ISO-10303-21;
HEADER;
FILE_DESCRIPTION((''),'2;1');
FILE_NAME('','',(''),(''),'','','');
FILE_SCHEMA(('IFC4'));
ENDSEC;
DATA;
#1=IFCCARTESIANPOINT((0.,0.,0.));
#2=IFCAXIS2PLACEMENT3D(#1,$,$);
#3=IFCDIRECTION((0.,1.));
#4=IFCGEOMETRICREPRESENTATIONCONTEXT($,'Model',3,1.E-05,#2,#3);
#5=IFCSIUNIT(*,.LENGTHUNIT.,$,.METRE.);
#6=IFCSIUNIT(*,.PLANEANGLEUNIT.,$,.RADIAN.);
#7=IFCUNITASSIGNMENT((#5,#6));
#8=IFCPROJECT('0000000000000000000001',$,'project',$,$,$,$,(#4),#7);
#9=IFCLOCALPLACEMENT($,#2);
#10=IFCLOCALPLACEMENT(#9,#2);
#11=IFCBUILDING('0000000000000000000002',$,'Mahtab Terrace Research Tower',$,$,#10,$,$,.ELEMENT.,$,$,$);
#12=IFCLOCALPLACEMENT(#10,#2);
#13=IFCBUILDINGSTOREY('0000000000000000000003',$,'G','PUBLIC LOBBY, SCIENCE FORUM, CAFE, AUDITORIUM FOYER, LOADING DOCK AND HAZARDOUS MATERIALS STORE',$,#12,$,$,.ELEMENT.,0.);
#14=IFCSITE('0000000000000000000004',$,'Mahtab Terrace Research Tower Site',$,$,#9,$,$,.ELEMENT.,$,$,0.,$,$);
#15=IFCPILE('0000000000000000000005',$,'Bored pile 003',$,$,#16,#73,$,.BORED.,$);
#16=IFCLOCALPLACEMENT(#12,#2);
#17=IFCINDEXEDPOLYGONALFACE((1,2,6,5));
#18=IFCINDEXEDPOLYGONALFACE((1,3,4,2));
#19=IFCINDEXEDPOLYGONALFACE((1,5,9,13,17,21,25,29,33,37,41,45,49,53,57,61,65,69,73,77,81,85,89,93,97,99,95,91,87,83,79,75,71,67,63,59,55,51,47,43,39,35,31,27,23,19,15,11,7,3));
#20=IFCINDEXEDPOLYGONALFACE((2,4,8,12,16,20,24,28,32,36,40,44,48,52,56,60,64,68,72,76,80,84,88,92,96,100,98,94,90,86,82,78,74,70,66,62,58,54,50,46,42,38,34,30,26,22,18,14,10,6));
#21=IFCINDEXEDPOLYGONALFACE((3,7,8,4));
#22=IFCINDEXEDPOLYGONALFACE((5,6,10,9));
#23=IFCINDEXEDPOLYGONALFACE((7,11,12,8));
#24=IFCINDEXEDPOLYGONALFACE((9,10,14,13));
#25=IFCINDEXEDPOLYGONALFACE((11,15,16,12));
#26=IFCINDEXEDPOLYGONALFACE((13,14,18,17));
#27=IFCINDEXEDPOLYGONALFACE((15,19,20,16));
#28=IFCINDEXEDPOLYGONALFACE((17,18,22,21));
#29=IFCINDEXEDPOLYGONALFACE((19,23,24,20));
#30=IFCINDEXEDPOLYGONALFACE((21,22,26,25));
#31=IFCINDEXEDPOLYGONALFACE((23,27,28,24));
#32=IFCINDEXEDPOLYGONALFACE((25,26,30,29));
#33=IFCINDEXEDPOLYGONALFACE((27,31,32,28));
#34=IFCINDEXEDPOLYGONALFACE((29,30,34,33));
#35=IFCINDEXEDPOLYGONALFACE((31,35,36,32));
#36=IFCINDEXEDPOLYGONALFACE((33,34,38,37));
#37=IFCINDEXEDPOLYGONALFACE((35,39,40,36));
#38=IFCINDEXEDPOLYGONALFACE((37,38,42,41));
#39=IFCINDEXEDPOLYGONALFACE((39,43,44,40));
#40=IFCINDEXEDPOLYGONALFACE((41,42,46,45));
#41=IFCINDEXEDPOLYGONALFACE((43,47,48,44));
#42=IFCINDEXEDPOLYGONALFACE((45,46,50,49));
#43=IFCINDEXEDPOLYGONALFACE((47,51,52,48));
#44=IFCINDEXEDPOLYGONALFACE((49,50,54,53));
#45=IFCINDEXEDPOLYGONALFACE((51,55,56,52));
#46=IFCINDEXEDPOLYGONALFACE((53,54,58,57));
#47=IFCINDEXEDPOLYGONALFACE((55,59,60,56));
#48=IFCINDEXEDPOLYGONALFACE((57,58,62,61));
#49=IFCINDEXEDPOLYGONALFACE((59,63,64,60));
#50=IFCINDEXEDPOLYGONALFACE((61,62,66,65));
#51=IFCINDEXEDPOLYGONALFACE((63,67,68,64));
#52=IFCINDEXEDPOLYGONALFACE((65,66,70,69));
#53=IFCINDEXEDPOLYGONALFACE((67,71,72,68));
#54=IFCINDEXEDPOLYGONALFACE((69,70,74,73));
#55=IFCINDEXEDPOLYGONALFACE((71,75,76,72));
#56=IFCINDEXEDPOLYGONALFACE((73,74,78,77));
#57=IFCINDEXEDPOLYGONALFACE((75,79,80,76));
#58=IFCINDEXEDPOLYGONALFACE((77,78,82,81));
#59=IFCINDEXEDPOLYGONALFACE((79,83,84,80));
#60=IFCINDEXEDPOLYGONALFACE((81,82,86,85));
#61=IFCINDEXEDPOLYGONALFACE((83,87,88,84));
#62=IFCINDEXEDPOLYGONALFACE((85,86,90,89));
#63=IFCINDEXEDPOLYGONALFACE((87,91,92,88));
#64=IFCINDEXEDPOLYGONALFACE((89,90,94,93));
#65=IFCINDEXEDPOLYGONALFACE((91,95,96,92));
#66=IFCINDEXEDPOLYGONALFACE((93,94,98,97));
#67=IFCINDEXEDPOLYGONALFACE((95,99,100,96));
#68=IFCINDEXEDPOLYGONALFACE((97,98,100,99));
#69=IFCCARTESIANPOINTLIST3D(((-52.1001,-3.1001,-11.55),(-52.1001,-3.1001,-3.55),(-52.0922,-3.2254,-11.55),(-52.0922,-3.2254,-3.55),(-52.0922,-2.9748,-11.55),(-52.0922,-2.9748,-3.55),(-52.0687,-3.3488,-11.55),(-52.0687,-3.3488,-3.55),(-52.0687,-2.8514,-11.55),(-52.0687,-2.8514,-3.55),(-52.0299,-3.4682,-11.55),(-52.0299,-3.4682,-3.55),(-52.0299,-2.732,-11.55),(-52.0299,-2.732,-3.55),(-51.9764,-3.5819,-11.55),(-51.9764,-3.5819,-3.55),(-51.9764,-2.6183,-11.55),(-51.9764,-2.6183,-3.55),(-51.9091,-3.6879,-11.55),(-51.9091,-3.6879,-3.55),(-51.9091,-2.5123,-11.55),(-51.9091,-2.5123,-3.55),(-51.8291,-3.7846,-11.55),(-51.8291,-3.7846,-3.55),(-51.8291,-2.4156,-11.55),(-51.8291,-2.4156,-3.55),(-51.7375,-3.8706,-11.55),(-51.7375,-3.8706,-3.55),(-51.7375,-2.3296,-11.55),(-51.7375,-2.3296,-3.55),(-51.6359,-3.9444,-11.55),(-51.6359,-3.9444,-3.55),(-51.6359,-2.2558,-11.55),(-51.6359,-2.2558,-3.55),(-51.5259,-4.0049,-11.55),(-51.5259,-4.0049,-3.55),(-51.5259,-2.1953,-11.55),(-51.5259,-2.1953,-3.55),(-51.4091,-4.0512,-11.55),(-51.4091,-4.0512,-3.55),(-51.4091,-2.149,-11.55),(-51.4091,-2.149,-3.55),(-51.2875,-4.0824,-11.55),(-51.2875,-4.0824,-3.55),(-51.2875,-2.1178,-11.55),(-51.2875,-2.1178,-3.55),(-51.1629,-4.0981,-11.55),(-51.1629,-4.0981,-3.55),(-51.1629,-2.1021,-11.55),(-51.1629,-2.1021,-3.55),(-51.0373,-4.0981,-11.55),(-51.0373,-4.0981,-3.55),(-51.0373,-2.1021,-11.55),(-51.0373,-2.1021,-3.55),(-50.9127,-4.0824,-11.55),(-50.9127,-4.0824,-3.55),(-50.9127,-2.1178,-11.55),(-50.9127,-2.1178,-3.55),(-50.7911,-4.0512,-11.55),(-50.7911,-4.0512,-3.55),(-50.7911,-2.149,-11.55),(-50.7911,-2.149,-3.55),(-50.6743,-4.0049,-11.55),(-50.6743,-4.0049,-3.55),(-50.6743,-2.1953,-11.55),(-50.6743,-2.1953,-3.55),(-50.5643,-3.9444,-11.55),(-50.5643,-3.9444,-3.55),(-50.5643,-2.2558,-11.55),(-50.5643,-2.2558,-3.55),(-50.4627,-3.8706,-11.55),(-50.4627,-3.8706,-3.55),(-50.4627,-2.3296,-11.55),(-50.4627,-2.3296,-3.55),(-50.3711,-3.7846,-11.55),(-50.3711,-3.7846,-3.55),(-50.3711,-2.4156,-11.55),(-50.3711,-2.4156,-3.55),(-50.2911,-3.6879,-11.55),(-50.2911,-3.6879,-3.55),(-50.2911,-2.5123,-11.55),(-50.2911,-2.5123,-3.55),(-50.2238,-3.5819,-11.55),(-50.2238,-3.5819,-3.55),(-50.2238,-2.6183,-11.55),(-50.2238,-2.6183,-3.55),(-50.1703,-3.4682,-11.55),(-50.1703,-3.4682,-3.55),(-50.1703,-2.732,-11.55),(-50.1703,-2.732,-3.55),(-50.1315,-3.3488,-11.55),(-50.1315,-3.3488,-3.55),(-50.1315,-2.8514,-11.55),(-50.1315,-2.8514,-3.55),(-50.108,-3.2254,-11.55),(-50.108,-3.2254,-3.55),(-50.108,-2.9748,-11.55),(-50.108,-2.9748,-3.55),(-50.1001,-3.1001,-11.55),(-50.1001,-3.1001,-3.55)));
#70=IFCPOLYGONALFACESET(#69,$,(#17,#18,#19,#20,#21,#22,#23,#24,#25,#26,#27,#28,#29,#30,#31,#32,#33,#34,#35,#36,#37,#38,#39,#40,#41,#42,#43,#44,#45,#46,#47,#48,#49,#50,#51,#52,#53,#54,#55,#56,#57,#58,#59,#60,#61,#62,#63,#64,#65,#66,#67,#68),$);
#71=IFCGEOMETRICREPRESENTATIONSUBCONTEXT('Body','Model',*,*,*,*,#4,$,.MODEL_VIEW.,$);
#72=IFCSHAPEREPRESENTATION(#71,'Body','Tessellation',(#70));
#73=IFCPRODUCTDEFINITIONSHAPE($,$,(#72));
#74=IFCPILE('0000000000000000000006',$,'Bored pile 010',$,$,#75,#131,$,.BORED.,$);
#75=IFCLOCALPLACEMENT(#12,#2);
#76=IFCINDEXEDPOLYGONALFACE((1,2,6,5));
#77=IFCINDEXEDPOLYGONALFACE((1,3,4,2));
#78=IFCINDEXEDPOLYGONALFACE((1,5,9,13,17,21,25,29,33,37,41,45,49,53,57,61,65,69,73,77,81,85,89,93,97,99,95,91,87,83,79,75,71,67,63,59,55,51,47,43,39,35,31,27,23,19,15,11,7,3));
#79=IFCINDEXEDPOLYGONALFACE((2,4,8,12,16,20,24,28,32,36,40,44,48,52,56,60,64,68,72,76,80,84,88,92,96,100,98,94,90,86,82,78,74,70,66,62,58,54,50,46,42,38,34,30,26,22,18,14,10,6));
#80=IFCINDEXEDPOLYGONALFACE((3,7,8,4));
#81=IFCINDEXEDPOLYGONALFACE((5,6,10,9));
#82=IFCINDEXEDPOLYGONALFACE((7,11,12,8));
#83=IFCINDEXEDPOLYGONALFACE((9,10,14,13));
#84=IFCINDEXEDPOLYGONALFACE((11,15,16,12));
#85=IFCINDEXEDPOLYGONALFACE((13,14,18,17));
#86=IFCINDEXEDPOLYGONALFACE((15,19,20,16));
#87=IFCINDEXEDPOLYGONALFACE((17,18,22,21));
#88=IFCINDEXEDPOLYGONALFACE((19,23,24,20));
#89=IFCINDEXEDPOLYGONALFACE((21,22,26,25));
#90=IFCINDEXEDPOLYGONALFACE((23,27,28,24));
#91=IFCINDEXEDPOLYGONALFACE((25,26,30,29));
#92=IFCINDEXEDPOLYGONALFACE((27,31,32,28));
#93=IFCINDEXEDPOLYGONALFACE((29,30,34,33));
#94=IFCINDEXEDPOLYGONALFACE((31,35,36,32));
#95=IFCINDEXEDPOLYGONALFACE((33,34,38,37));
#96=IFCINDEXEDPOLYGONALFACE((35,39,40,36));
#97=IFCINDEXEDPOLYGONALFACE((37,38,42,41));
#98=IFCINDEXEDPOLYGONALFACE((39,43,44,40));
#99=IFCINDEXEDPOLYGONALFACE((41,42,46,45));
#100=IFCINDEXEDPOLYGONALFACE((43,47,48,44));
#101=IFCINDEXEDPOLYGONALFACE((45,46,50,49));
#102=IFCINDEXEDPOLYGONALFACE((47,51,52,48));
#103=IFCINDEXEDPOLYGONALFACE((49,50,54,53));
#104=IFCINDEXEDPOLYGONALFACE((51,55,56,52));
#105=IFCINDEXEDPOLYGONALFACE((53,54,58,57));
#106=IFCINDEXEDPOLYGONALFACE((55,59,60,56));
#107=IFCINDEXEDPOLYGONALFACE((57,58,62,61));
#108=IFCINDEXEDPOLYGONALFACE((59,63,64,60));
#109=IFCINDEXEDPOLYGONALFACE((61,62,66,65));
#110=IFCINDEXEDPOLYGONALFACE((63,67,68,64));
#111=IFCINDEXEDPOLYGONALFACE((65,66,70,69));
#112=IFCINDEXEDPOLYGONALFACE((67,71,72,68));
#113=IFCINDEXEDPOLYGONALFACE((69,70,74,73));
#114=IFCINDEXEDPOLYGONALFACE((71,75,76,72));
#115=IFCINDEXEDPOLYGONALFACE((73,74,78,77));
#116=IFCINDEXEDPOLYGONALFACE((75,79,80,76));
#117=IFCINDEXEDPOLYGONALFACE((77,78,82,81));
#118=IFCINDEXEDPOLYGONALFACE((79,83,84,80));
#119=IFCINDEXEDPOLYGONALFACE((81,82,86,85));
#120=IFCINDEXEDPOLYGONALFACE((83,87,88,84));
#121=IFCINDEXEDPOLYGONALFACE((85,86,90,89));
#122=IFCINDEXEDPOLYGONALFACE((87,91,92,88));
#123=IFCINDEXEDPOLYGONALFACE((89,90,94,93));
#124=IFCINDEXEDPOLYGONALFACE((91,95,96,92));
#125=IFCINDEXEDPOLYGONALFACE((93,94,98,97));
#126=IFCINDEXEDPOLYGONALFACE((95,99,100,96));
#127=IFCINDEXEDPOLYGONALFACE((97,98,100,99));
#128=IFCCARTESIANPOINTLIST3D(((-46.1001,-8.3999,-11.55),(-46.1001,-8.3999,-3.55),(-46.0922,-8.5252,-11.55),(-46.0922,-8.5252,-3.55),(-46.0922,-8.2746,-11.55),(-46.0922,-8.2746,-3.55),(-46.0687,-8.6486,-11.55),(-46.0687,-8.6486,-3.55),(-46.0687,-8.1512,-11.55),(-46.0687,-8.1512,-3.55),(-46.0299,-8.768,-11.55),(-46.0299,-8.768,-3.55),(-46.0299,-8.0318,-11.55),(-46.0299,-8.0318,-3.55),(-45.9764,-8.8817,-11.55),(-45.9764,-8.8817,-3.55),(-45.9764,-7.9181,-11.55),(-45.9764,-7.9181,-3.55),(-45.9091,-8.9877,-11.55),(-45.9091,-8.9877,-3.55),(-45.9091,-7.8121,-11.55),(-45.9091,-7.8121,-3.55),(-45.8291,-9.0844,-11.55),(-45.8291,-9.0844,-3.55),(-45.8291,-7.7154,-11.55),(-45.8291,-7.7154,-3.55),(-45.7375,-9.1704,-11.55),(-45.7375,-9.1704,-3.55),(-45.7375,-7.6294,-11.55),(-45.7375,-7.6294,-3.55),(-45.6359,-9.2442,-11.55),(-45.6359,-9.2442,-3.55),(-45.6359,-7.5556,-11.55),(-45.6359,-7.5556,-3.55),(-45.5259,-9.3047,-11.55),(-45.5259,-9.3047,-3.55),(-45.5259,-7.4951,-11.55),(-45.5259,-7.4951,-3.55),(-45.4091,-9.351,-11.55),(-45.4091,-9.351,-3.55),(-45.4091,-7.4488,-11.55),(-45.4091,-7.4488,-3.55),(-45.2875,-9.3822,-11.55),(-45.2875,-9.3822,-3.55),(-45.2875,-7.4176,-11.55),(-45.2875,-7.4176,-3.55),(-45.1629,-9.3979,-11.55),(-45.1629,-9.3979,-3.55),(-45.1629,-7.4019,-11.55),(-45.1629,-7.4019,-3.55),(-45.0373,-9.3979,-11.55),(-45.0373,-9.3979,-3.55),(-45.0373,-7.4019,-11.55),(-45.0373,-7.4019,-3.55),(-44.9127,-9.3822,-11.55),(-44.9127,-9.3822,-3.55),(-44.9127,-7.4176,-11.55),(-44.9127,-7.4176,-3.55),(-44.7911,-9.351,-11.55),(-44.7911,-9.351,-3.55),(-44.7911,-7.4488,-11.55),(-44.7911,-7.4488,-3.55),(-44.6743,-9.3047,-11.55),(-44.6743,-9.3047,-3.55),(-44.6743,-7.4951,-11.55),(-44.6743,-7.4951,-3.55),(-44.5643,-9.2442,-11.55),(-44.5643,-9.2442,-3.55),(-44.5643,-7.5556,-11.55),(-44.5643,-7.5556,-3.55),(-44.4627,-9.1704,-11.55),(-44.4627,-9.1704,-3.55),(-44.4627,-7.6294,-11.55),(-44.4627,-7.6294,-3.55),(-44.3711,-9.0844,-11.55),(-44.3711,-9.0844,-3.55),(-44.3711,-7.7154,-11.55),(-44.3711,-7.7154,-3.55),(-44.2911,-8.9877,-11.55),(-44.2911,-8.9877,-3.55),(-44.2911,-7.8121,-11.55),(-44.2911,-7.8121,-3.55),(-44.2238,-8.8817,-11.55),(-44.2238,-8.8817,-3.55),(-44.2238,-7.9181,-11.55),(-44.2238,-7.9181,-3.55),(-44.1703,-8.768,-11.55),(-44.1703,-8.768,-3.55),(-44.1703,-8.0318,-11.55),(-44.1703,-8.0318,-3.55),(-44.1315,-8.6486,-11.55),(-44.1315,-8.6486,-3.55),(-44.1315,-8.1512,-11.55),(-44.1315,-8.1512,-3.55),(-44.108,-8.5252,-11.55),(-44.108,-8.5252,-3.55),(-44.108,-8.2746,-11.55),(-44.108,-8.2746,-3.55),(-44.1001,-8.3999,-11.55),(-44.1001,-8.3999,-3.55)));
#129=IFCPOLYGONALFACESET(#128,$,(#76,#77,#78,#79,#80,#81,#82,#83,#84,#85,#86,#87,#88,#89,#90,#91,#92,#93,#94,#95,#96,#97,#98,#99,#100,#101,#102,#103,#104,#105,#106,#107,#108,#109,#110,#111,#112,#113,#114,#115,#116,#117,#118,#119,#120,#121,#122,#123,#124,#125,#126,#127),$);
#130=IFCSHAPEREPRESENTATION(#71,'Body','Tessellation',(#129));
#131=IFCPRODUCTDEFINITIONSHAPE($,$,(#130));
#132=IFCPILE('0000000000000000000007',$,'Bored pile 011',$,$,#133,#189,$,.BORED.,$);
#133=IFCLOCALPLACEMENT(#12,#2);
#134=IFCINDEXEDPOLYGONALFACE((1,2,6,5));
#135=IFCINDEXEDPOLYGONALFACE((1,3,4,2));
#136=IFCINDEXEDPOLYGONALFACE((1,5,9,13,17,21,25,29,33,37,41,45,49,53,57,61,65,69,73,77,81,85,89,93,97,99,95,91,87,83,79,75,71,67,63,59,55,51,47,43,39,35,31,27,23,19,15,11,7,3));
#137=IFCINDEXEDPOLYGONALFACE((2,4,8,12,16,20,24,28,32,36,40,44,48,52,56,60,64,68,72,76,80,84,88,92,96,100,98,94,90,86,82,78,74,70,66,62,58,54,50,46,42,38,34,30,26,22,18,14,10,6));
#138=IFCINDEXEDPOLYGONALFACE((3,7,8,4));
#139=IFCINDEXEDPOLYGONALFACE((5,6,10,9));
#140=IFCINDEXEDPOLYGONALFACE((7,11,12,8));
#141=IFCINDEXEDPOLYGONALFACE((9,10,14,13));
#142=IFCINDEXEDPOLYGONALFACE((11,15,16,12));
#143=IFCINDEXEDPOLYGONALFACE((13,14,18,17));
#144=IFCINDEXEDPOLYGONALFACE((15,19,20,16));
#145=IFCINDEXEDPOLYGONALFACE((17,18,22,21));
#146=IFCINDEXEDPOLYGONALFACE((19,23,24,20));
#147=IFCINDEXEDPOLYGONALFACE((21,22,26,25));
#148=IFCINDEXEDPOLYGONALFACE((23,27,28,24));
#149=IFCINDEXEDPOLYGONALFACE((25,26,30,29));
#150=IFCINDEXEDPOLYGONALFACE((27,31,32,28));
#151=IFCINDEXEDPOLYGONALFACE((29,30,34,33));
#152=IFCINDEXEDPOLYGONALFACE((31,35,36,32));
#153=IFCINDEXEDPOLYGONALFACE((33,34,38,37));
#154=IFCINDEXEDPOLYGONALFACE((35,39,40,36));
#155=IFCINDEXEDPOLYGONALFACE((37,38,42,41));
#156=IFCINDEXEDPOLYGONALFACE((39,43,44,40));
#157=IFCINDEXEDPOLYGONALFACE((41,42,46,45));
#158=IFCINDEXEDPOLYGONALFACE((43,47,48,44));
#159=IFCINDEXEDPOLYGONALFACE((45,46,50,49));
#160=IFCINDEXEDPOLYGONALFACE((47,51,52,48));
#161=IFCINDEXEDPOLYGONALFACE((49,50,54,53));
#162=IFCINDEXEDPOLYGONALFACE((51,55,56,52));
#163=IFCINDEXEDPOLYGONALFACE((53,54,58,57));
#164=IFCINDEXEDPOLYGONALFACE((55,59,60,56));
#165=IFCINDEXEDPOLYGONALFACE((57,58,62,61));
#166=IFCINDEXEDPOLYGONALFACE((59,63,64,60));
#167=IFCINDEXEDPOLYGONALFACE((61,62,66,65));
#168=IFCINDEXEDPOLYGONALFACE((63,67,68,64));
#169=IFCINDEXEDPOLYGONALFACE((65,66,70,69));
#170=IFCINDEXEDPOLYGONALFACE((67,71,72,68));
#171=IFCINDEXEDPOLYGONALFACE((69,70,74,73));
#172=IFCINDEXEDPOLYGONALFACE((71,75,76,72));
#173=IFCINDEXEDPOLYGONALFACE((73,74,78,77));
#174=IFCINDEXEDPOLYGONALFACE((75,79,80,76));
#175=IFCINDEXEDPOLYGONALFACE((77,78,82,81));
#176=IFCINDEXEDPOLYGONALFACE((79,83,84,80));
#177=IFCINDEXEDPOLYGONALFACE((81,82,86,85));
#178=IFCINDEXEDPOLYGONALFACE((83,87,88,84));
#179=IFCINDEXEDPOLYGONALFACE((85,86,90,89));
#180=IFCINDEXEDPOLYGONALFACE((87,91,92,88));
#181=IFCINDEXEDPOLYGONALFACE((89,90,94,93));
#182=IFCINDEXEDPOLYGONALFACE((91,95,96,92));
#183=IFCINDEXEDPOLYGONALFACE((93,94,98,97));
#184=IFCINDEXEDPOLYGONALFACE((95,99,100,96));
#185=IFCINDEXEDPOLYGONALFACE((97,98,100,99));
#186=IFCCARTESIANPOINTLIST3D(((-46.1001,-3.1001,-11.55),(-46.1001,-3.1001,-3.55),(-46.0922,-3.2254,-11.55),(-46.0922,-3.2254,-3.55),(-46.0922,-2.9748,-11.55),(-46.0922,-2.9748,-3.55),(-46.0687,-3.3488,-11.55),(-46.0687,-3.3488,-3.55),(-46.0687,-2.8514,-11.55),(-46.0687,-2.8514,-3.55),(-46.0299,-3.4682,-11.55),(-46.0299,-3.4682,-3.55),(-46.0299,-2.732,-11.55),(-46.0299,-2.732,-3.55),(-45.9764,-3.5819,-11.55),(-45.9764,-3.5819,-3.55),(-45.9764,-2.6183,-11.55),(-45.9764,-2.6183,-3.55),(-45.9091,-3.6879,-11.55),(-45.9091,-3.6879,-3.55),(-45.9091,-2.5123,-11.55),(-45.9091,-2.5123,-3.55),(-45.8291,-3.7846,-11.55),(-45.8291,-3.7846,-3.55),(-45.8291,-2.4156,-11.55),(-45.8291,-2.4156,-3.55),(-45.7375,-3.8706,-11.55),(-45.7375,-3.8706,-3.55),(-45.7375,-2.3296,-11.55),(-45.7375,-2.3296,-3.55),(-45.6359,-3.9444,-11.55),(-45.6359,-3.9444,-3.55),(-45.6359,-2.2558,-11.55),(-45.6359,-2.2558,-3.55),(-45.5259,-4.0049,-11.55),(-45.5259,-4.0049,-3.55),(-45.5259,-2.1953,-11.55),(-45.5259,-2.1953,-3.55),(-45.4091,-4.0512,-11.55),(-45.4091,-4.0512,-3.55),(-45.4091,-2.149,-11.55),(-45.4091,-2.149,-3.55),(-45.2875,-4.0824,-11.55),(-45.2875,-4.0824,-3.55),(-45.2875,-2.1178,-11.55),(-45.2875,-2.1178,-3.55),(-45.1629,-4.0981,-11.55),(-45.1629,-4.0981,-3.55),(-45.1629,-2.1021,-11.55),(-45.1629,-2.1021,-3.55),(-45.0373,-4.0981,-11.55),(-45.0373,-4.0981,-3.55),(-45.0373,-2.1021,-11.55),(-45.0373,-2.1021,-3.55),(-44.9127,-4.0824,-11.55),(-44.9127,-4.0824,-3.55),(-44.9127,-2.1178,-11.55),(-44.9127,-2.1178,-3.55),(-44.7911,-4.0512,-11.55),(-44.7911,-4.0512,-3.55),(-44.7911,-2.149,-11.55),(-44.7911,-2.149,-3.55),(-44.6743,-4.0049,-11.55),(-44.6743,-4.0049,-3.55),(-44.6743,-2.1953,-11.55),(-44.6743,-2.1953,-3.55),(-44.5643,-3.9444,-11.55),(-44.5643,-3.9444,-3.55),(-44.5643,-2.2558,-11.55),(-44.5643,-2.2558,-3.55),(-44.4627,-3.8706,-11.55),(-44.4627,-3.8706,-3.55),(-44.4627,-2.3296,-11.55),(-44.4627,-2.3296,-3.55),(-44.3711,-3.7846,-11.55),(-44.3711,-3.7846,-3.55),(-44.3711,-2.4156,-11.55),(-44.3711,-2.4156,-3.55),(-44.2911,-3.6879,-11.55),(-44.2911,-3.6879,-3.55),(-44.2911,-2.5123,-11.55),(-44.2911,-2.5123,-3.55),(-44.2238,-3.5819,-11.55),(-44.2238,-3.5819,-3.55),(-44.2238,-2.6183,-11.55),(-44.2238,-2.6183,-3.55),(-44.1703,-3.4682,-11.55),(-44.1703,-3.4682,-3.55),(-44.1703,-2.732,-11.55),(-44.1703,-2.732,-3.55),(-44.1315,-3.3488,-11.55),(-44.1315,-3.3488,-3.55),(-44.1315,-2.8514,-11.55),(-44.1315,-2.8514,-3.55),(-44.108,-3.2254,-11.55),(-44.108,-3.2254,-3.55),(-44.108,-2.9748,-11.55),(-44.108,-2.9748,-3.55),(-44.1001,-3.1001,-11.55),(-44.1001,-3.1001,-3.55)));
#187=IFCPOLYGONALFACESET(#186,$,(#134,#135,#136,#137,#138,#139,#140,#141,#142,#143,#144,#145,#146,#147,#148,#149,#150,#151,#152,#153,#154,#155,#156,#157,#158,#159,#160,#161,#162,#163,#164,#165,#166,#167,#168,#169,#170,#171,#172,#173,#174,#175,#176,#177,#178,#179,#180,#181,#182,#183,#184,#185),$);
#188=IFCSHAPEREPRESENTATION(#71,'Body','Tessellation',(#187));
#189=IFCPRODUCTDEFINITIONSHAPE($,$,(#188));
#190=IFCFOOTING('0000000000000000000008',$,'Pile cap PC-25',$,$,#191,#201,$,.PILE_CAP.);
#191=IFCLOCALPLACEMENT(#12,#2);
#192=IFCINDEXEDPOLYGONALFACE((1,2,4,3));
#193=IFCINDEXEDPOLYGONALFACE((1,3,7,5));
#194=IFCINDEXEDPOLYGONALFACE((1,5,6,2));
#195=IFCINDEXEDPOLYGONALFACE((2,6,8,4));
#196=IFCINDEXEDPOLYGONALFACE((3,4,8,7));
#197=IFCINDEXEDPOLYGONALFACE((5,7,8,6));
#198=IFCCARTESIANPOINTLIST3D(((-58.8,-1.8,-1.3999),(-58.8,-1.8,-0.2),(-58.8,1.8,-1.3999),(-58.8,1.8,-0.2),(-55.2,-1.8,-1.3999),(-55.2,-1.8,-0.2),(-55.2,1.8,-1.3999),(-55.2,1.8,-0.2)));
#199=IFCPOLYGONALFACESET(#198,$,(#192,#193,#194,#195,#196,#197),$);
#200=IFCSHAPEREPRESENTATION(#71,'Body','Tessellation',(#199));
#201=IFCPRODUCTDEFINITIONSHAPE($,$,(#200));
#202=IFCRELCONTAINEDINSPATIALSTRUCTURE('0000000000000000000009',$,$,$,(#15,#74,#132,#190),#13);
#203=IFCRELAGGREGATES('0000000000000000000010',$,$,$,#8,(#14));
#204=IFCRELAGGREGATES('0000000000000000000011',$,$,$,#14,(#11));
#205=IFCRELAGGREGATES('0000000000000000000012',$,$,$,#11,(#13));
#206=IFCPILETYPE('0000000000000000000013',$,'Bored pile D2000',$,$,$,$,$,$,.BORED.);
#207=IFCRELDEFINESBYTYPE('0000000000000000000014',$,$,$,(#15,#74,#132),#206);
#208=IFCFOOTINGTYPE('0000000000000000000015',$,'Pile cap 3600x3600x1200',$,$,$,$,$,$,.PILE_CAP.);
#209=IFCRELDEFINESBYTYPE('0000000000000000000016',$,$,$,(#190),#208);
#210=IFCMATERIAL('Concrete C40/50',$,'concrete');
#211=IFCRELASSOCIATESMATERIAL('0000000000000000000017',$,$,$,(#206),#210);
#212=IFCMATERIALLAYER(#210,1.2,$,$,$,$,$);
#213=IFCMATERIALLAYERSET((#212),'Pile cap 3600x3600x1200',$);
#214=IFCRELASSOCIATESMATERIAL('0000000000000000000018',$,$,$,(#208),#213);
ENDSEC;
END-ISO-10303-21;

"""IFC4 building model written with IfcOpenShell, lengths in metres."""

from ifc_helpers import new_model, si_unit, direction, frame, origin, origin_2d, place, context, subcontext, project, spatial, rectangle, circle, extrude, material, layer, layer_set, material_profile, profile_set, type_object, element, save


model = new_model("IFC4")

# Units and contexts
model_context = context("Model", 3, precision=1e-05, world=origin(), true_north=direction((0.0, 1.0)))
body_context = subcontext(model_context, "Body", "Model", "MODEL_VIEW")
ifc_project = project(units=[si_unit("LENGTHUNIT", "METRE"), si_unit("PLANEANGLEUNIT", "RADIAN")], contexts=[model_context])

# Site, building, storey
site_placement = place(None, origin())
site = spatial("IfcSite", under=ifc_project, at=site_placement, Name="Mahtab Terrace Research Tower Site", CompositionType="ELEMENT", RefElevation=0.0)
building_placement = place(site_placement, origin())
building = spatial("IfcBuilding", under=site, at=building_placement, Name="Mahtab Terrace Research Tower", CompositionType="ELEMENT")
storey_placement = place(building_placement, origin())
storey = spatial("IfcBuildingStorey", under=building, at=storey_placement, Name="G", Description="PUBLIC LOBBY, SCIENCE FORUM, CAFE, AUDITORIUM FOYER, LOADING DOCK AND HAZARDOUS MATERIALS STORE", CompositionType="ELEMENT", Elevation=0.0)

# Piles
ifc_material_1 = material(Name="Concrete C40/50", Category="concrete")
ifc_material_profile_1 = material_profile(ifc_material_1, circle(Radius=1.0, at=origin_2d()), Name="Bored pile D2000")
ifc_profile_set_1 = profile_set([ifc_material_profile_1], Name="Concrete C40/50")
pile_type_1 = type_object("IfcPileType", Name="Bored pile D2000", PredefinedType="BORED", material=ifc_profile_set_1)
for number, where, z_axis, x_axis, name in (
    (1, (-51.1001, -3.1001, -3.55), (0.0, 0.0, -1.0), (1.0, 0.0, 0.0), "Bored pile 003"),
    (2, (-45.1001, -8.3999, -3.55), (0.0, 0.0, -1.0), (1.0, 0.0, 0.0), "Bored pile 010"),
    (3, (-45.1001, -3.1001, -3.55), (0.0, 0.0, -1.0), (1.0, 0.0, 0.0), "Bored pile 011"),
):
    element("IfcPile", number, at=place(storey_placement, frame(where, z_axis=z_axis, x_axis=x_axis)), inside=storey, type_object=pile_type_1, Name=name, PredefinedType="BORED", context=body_context, shape_type="SweptSolid", body=[
        extrude(circle(Radius=1.0, at=origin_2d()), origin(), (0.0, 0.0, 1.0), 8.0),
    ])

# Footing
ifc_layer_1 = layer(ifc_material_1, 1.2)
ifc_layer_set_1 = layer_set([ifc_layer_1], Name="Pile cap 3600x3600x1200")
footing_type = type_object("IfcFootingType", Name="Pile cap 3600x3600x1200", PredefinedType="PILE_CAP", material=ifc_layer_set_1)
footing_placement = place(storey_placement, frame((-57.0, 0.0, -1.3999), z_axis=(0.0, 0.0, 1.0), x_axis=(1.0, 0.0, 0.0)))
element("IfcFooting", 4, at=footing_placement, inside=storey, type_object=footing_type, Name="Pile cap PC-25", PredefinedType="PILE_CAP", context=body_context, shape_type="SweptSolid", body=[
    extrude(rectangle(XDim=3.6001, YDim=3.6001, at=origin_2d()), origin(), (0.0, 0.0, 1.0), 1.2),
])

save(model, "model.ifc")
